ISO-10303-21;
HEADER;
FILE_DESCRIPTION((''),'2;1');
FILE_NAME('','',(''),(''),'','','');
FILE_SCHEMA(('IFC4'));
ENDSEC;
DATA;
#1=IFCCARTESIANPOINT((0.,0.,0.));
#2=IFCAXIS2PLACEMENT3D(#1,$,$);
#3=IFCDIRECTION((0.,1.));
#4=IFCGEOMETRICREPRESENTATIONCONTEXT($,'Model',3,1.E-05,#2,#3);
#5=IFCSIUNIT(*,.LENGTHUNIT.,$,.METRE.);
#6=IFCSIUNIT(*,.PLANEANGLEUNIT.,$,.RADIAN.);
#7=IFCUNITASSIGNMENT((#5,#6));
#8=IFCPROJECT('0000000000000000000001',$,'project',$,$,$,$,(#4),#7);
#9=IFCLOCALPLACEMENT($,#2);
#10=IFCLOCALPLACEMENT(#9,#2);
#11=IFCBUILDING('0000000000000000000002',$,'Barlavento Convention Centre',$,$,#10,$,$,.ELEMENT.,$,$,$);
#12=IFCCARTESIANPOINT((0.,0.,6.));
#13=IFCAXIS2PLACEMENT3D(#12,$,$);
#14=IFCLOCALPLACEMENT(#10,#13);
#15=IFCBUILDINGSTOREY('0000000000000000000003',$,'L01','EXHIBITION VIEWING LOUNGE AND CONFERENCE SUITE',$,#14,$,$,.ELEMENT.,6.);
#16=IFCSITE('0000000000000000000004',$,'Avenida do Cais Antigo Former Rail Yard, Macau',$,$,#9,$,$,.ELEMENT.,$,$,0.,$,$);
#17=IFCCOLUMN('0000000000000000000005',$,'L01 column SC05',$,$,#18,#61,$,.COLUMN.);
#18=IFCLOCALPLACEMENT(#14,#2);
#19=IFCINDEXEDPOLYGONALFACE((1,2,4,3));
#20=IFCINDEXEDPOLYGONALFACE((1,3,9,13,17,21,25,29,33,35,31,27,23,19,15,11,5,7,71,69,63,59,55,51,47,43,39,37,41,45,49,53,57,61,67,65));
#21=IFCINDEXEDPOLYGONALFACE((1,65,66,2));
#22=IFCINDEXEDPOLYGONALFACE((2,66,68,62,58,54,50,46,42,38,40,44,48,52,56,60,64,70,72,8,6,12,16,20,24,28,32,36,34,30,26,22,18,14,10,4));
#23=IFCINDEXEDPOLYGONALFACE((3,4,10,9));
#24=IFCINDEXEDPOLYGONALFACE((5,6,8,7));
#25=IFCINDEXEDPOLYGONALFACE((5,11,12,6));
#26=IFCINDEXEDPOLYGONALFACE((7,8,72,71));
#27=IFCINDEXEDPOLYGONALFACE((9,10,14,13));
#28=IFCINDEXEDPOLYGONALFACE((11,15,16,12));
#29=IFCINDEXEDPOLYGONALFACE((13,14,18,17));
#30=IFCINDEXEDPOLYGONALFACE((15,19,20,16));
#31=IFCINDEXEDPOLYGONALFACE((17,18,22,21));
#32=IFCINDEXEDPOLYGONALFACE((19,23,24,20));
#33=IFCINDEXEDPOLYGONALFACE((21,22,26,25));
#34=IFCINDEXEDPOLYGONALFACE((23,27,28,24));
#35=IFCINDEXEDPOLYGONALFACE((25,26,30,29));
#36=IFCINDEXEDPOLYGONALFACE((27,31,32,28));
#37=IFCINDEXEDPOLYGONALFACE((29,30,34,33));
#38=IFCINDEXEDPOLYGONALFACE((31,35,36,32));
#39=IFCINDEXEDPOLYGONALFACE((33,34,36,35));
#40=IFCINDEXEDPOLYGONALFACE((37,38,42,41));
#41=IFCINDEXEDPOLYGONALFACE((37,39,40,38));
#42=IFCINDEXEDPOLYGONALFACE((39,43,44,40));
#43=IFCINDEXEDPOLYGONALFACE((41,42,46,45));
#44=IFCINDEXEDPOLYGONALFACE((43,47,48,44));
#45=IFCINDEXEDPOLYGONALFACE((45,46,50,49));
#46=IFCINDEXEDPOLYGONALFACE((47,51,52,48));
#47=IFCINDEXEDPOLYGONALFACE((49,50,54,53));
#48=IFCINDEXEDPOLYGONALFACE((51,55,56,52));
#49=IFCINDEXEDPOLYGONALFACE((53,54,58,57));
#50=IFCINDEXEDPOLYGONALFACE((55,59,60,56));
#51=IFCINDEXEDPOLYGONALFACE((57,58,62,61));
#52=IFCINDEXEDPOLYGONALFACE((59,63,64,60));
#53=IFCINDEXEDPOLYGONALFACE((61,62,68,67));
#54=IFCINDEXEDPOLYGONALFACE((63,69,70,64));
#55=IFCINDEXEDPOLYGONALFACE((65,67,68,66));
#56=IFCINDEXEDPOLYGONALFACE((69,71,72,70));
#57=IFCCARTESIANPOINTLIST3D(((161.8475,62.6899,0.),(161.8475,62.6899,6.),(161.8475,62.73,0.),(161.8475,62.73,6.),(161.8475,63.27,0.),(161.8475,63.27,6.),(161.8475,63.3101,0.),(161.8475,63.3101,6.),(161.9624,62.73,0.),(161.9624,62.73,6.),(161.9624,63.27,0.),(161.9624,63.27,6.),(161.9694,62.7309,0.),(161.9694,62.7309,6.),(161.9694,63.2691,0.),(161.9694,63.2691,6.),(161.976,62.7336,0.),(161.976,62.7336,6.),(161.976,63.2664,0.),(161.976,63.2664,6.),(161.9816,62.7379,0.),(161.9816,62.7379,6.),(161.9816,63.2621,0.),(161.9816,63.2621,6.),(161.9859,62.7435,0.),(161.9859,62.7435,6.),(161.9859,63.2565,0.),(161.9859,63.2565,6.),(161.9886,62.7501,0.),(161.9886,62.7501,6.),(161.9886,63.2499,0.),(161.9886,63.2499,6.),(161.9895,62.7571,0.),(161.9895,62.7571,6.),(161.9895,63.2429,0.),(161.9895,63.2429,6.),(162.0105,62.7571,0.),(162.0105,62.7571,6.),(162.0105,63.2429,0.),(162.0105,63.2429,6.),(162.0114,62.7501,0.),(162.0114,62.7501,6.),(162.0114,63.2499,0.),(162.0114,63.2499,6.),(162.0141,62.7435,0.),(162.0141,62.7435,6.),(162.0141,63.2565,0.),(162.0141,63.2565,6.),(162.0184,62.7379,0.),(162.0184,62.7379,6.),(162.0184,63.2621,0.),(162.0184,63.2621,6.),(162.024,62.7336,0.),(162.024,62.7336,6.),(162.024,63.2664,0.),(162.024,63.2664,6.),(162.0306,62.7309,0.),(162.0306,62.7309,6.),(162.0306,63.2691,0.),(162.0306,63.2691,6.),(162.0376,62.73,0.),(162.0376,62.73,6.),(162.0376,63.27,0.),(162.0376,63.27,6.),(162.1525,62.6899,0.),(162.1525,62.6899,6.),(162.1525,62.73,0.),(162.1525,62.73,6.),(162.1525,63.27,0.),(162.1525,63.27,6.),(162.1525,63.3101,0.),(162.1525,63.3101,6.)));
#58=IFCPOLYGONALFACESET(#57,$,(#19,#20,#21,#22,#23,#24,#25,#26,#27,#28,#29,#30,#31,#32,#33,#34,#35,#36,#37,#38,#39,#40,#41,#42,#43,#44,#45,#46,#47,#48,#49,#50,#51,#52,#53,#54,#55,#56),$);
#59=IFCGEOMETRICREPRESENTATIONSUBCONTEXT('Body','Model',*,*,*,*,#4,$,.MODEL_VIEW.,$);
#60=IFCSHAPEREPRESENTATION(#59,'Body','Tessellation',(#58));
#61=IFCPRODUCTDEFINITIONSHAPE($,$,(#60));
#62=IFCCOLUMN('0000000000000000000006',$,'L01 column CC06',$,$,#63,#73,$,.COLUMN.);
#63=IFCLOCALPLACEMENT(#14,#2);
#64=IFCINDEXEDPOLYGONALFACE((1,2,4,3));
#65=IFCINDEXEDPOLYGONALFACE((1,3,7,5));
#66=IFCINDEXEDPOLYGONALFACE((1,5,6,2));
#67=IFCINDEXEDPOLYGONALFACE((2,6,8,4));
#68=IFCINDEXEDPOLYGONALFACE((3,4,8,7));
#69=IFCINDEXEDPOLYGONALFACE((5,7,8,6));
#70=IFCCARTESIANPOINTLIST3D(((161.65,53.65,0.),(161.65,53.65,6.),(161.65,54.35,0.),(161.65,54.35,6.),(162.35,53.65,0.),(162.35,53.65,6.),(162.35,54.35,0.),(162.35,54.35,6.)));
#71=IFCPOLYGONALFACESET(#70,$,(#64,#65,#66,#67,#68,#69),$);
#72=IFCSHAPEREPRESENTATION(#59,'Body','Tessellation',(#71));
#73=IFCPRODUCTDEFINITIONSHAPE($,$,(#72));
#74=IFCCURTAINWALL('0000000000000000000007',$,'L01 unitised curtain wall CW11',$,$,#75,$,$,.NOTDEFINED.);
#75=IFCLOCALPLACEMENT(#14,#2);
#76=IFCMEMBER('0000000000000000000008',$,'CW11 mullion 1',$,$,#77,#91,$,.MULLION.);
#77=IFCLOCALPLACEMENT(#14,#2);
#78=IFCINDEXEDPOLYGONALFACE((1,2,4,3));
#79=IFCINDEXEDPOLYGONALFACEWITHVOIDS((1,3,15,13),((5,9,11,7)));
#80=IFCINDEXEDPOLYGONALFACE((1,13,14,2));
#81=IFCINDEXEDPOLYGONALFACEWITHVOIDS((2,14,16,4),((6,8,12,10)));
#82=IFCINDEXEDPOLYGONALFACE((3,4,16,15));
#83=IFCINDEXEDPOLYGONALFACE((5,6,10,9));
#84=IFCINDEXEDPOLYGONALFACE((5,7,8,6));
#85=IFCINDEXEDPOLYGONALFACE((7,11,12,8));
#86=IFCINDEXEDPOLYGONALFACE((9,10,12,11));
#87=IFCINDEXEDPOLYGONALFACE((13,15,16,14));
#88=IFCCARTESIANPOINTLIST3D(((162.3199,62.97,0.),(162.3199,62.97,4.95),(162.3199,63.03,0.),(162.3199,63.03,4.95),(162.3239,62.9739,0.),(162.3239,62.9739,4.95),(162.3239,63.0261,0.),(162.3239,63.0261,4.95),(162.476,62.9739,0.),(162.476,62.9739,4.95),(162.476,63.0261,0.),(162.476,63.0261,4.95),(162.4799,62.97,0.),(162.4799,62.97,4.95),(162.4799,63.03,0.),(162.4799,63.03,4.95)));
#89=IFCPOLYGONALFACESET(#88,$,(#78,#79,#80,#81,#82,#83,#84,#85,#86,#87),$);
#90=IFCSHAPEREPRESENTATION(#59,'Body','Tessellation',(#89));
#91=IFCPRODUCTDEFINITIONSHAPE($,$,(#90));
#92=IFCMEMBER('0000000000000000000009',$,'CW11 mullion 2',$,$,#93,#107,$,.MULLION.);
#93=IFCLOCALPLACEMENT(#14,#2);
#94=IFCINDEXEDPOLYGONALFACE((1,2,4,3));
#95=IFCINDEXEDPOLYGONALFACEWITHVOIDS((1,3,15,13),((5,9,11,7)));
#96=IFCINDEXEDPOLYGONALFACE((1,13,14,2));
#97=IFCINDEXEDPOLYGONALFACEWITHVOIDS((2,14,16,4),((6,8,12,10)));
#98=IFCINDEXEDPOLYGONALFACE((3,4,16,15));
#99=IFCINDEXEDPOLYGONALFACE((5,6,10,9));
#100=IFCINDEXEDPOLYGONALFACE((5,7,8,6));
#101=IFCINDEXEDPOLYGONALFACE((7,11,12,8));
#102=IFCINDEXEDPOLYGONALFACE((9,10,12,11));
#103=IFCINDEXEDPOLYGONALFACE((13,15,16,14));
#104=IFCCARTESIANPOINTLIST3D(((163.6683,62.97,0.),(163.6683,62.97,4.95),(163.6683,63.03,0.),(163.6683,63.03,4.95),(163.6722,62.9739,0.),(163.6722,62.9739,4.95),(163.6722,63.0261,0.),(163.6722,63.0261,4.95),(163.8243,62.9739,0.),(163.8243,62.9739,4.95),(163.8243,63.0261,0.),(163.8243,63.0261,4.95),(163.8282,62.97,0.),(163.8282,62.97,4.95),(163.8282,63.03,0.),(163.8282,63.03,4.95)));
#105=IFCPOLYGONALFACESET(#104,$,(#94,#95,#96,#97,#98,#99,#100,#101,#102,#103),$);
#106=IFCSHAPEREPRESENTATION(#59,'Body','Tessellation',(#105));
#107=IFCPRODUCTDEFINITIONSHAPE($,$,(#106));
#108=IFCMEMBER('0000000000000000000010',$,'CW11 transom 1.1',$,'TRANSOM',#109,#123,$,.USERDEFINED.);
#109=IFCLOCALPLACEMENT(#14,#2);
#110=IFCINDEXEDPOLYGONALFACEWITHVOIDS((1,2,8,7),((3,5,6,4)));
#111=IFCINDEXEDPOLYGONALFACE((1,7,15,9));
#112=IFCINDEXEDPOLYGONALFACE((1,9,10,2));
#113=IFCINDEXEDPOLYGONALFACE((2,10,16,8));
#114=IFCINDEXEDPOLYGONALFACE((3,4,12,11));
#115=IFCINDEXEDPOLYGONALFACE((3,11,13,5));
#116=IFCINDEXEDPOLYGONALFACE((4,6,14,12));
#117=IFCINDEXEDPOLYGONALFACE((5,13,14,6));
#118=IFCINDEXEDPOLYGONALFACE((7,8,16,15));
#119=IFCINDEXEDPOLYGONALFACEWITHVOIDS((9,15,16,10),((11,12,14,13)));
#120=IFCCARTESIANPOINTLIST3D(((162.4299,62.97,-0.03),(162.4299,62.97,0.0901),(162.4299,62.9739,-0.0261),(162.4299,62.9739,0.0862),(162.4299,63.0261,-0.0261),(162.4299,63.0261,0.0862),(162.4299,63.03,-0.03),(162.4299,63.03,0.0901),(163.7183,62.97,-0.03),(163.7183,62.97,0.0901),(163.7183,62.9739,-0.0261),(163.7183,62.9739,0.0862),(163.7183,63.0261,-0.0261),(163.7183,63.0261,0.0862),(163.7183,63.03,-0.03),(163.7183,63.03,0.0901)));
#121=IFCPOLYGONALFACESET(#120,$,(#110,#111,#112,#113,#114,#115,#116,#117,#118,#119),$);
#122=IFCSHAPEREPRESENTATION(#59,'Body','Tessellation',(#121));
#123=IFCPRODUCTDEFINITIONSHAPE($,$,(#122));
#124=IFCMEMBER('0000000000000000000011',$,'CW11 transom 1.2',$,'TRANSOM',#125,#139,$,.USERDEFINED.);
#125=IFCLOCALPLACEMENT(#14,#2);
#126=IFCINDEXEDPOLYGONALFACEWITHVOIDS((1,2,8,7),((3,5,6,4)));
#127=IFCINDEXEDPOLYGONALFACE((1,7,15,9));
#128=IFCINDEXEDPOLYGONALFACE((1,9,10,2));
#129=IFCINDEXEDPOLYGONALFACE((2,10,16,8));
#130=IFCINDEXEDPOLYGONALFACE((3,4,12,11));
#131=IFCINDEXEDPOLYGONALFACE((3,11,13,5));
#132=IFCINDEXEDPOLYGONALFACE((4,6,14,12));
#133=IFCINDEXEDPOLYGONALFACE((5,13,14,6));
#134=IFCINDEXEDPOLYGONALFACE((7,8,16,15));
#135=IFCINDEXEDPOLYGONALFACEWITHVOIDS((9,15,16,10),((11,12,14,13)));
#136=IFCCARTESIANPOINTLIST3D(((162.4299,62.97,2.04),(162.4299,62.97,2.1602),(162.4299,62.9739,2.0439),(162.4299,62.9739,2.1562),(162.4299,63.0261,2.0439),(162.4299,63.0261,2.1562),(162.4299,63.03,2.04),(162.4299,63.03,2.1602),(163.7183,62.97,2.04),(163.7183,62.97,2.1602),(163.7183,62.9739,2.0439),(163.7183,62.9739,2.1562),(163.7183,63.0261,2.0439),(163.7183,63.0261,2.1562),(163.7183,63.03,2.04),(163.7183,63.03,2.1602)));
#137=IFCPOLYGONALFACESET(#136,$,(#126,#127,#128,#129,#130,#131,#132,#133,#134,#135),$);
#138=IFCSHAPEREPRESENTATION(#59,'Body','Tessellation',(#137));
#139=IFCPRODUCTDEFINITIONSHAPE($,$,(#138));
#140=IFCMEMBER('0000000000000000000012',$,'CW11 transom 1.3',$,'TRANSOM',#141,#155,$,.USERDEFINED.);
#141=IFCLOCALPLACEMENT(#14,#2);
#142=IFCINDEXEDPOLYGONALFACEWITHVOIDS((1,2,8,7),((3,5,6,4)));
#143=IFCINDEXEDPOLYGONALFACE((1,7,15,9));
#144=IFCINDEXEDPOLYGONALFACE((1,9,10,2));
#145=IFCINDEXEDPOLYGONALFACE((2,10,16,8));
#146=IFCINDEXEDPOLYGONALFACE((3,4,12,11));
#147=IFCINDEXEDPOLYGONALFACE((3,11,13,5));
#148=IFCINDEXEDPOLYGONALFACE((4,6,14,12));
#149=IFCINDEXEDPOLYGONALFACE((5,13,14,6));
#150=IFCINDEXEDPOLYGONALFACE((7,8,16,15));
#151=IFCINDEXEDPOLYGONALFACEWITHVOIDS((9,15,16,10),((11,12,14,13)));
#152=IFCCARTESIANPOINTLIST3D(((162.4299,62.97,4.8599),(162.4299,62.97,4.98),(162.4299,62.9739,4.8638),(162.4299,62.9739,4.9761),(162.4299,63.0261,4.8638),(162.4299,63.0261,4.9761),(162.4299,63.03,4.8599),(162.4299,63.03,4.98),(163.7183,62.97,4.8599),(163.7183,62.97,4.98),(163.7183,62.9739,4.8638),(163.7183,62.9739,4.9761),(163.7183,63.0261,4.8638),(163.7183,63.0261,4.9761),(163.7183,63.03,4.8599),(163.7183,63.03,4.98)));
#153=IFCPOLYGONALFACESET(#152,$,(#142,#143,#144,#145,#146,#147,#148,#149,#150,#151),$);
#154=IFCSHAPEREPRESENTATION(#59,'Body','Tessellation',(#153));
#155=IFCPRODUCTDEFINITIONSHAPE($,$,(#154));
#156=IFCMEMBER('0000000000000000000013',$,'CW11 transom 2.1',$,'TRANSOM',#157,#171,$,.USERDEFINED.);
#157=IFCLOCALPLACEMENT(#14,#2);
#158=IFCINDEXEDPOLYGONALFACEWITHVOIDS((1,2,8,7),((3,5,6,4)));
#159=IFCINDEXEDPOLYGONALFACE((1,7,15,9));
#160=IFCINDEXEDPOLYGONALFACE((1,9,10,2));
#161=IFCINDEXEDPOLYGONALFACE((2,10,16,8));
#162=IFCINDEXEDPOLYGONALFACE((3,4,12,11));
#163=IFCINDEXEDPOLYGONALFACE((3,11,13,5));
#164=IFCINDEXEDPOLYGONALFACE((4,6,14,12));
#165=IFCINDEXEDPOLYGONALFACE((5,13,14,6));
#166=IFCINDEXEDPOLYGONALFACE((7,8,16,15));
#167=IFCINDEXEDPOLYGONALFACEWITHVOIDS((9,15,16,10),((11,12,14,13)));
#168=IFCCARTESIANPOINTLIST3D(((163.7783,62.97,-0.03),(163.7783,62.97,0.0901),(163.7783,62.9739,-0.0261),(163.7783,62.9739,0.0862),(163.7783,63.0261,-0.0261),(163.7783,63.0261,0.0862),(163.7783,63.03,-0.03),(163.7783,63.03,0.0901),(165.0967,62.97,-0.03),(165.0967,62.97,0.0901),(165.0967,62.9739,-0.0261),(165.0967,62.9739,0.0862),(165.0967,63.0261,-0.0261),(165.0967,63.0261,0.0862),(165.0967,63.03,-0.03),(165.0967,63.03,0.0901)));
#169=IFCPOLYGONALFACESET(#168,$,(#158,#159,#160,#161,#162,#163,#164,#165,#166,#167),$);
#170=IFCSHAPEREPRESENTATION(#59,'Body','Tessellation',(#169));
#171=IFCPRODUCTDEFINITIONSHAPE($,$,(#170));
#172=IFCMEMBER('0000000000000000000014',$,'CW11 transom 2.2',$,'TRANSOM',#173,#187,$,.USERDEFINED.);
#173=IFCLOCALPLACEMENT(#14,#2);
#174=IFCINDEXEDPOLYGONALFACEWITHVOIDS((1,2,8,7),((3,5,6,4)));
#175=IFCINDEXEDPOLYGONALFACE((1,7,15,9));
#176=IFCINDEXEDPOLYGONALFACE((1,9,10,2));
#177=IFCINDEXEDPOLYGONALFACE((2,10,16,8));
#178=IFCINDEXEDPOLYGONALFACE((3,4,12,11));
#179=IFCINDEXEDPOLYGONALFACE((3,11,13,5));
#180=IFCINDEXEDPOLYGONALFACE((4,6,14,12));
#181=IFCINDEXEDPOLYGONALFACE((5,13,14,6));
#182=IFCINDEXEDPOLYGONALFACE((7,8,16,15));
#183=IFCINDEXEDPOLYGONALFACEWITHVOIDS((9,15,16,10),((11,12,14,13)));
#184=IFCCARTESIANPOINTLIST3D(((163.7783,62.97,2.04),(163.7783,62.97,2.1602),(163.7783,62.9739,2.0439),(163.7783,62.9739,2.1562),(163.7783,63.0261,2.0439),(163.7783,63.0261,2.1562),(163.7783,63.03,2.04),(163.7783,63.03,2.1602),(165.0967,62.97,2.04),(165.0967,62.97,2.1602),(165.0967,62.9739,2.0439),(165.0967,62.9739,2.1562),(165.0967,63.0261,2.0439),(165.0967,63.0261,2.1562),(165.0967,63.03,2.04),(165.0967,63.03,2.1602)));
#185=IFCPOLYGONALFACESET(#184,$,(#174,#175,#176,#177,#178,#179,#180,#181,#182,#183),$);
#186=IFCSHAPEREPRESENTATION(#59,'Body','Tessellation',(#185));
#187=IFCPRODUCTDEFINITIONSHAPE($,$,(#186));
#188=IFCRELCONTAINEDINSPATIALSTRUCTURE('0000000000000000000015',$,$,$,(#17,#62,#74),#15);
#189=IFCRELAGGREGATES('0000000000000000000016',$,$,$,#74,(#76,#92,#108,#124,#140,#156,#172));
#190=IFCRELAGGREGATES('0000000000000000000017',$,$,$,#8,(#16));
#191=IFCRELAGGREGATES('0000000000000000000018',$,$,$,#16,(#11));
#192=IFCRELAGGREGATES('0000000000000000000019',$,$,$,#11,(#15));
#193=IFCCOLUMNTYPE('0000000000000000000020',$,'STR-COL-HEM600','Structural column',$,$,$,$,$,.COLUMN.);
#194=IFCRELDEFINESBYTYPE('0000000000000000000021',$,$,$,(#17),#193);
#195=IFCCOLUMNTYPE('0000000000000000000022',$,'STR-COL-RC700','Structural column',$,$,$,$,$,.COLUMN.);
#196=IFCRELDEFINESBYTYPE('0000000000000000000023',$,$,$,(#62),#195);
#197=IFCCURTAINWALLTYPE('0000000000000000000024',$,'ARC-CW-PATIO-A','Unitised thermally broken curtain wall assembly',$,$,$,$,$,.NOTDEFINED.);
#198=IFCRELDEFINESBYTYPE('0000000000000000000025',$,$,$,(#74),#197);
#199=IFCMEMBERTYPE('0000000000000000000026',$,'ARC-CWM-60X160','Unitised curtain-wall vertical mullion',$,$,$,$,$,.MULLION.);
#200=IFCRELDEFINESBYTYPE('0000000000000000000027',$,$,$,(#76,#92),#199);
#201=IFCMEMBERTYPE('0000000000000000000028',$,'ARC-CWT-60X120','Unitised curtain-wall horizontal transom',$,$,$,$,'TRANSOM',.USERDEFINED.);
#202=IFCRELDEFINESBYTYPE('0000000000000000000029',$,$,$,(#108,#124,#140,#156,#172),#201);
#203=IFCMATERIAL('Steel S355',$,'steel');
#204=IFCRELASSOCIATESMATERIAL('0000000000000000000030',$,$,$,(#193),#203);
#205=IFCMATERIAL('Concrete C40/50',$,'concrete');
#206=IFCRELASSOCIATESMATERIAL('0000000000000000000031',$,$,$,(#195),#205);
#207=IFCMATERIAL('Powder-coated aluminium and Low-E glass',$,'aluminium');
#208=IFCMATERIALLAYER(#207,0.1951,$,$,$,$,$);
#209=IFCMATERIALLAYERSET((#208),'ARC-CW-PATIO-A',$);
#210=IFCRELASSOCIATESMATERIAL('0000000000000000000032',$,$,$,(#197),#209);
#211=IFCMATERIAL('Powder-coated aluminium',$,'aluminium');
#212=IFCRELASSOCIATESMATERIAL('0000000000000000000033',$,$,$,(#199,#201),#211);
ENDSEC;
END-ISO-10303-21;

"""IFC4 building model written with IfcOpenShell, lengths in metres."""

from ifc_helpers import new_model, si_unit, direction, frame, origin, origin_2d, place, context, subcontext, project, spatial, rectangle, hollow_rectangle, i_section, extrude, material, layer, layer_set, material_profile, profile_set, type_object, element, aggregate, save


model = new_model("IFC4")

# Units and contexts
model_context = context("Model", 3, precision=1e-05, world=origin(), true_north=direction((0.0, 1.0)))
body_context = subcontext(model_context, "Body", "Model", "MODEL_VIEW")
ifc_project = project(units=[si_unit("LENGTHUNIT", "METRE"), si_unit("PLANEANGLEUNIT", "RADIAN")], contexts=[model_context])

# Site, building, storey
site_placement = place(None, origin())
site = spatial("IfcSite", under=ifc_project, at=site_placement, Name="Avenida do Cais Antigo Former Rail Yard, Macau", CompositionType="ELEMENT", RefElevation=0.0)
building_placement = place(site_placement, origin())
building = spatial("IfcBuilding", under=site, at=building_placement, Name="Barlavento Convention Centre", CompositionType="ELEMENT")
storey_placement = place(building_placement, frame((0.0, 0.0, 6.0)))
storey = spatial("IfcBuildingStorey", under=building, at=storey_placement, Name="L01", Description="EXHIBITION VIEWING LOUNGE AND CONFERENCE SUITE", CompositionType="ELEMENT", Elevation=6.0)

# Columns
ifc_material_1 = material(Name="Steel S355", Category="steel")
ifc_material_profile_1 = material_profile(ifc_material_1, i_section(OverallWidth=0.3049, OverallDepth=0.6201, WebThickness=0.021, FlangeThickness=0.04, FilletRadius=0.0271, at=origin_2d()), Name="HEM 600")
ifc_profile_set_1 = profile_set([ifc_material_profile_1], Name="Steel S355")
column_type_1 = type_object("IfcColumnType", Name="STR-COL-HEM600", Description="Structural column", PredefinedType="COLUMN", material=ifc_profile_set_1)
column_1_placement = place(storey_placement, frame((162.0, 63.0, 0.0), z_axis=(0.0, 0.0, 1.0), x_axis=(1.0, 0.0, 0.0)))
element("IfcColumn", 1, at=column_1_placement, inside=storey, type_object=column_type_1, Name="L01 column SC05", PredefinedType="COLUMN", context=body_context, shape_type="SweptSolid", body=[
    extrude(i_section(OverallWidth=0.3049, OverallDepth=0.6201, WebThickness=0.021, FlangeThickness=0.04, FilletRadius=0.0271, at=origin_2d()), origin(), (0.0, 0.0, 1.0), 6.0),
])
ifc_material_2 = material(Name="Concrete C40/50", Category="concrete")
ifc_material_profile_2 = material_profile(ifc_material_2, rectangle(XDim=0.7, YDim=0.7, at=origin_2d()), Name="RC 700x700")
ifc_profile_set_2 = profile_set([ifc_material_profile_2], Name="Concrete C40/50")
column_type_2 = type_object("IfcColumnType", Name="STR-COL-RC700", Description="Structural column", PredefinedType="COLUMN", material=ifc_profile_set_2)
column_2_placement = place(storey_placement, frame((162.0, 54.0, 0.0), z_axis=(0.0, 0.0, 1.0), x_axis=(1.0, 0.0, 0.0)))
element("IfcColumn", 2, at=column_2_placement, inside=storey, type_object=column_type_2, Name="L01 column CC06", PredefinedType="COLUMN", context=body_context, shape_type="SweptSolid", body=[
    extrude(rectangle(XDim=0.7, YDim=0.7, at=origin_2d()), origin(), (0.0, 0.0, 1.0), 6.0),
])

# Curtain wall, members
ifc_material_3 = material(Name="Powder-coated aluminium and Low-E glass", Category="aluminium")
ifc_layer_1 = layer(ifc_material_3, 0.1951)
ifc_layer_set_1 = layer_set([ifc_layer_1], Name="ARC-CW-PATIO-A")
curtain_wall_type = type_object("IfcCurtainWallType", Name="ARC-CW-PATIO-A", Description="Unitised thermally broken curtain wall assembly", PredefinedType="NOTDEFINED", material=ifc_layer_set_1)
curtain_wall_placement = place(storey_placement, origin())
curtain_wall = element("IfcCurtainWall", 3, at=curtain_wall_placement, inside=storey, type_object=curtain_wall_type, Name="L01 unitised curtain wall CW11", PredefinedType="NOTDEFINED")
ifc_material_4 = material(Name="Powder-coated aluminium", Category="aluminium")
ifc_material_profile_3 = material_profile(ifc_material_4, hollow_rectangle(XDim=0.0601, YDim=0.1599, WallThickness=0.0039, at=origin_2d()), Name="AL-MULL 60x160x4")
ifc_profile_set_3 = profile_set([ifc_material_profile_3], Name="Powder-coated aluminium")
member_type_1 = type_object("IfcMemberType", Name="ARC-CWM-60X160", Description="Unitised curtain-wall vertical mullion", PredefinedType="MULLION", material=ifc_profile_set_3)
member_1_placement = place(storey_placement, frame((162.3999, 63.0, 0.0), z_axis=(0.0, 0.0, 1.0), x_axis=(0.0, 1.0, 0.0)))
member_1 = element("IfcMember", 4, at=member_1_placement, type_object=member_type_1, Name="CW11 mullion 1", PredefinedType="MULLION", context=body_context, shape_type="SweptSolid", body=[
    extrude(hollow_rectangle(XDim=0.0601, YDim=0.1599, WallThickness=0.0039, at=origin_2d()), origin(), (0.0, 0.0, 1.0), 4.95),
])
member_2_placement = place(storey_placement, frame((163.7483, 63.0, 0.0), z_axis=(0.0, 0.0, 1.0), x_axis=(0.0, 1.0, 0.0)))
member_2 = element("IfcMember", 5, at=member_2_placement, type_object=member_type_1, Name="CW11 mullion 2", PredefinedType="MULLION", context=body_context, shape_type="SweptSolid", body=[
    extrude(hollow_rectangle(XDim=0.0601, YDim=0.1599, WallThickness=0.0039, at=origin_2d()), origin(), (0.0, 0.0, 1.0), 4.95),
])
ifc_material_profile_4 = material_profile(ifc_material_4, hollow_rectangle(XDim=0.0601, YDim=0.1201, WallThickness=0.0039, at=origin_2d()), Name="AL-TRAN 60x120x4")
ifc_profile_set_4 = profile_set([ifc_material_profile_4], Name="Powder-coated aluminium")
member_type_2 = type_object("IfcMemberType", Name="ARC-CWT-60X120", Description="Unitised curtain-wall horizontal transom", ElementType="TRANSOM", PredefinedType="USERDEFINED", material=ifc_profile_set_4)
member_3_placement = place(storey_placement, frame((162.4299, 63.0, 0.03), z_axis=(1.0, 0.0, 0.0), x_axis=(0.0, 1.0, 0.0)))
member_3 = element("IfcMember", 6, at=member_3_placement, type_object=member_type_2, Name="CW11 transom 1.1", ObjectType="TRANSOM", PredefinedType="USERDEFINED", context=body_context, shape_type="SweptSolid", body=[
    extrude(hollow_rectangle(XDim=0.0601, YDim=0.1201, WallThickness=0.0039, at=origin_2d()), origin(), (0.0, 0.0, 1.0), 1.2883),
])
member_4_placement = place(storey_placement, frame((162.4299, 63.0, 2.1001), z_axis=(1.0, 0.0, 0.0), x_axis=(0.0, 1.0, 0.0)))
member_4 = element("IfcMember", 7, at=member_4_placement, type_object=member_type_2, Name="CW11 transom 1.2", ObjectType="TRANSOM", PredefinedType="USERDEFINED", context=body_context, shape_type="SweptSolid", body=[
    extrude(hollow_rectangle(XDim=0.0601, YDim=0.1201, WallThickness=0.0039, at=origin_2d()), origin(), (0.0, 0.0, 1.0), 1.2883),
])
member_5_placement = place(storey_placement, frame((162.4299, 63.0, 4.9199), z_axis=(1.0, 0.0, 0.0), x_axis=(0.0, 1.0, 0.0)))
member_5 = element("IfcMember", 8, at=member_5_placement, type_object=member_type_2, Name="CW11 transom 1.3", ObjectType="TRANSOM", PredefinedType="USERDEFINED", context=body_context, shape_type="SweptSolid", body=[
    extrude(hollow_rectangle(XDim=0.0601, YDim=0.1201, WallThickness=0.0039, at=origin_2d()), origin(), (0.0, 0.0, 1.0), 1.2883),
])
member_6_placement = place(storey_placement, frame((163.7783, 63.0, 0.03), z_axis=(1.0, 0.0, 0.0), x_axis=(0.0, 1.0, 0.0)))
member_6 = element("IfcMember", 9, at=member_6_placement, type_object=member_type_2, Name="CW11 transom 2.1", ObjectType="TRANSOM", PredefinedType="USERDEFINED", context=body_context, shape_type="SweptSolid", body=[
    extrude(hollow_rectangle(XDim=0.0601, YDim=0.1201, WallThickness=0.0039, at=origin_2d()), origin(), (0.0, 0.0, 1.0), 1.3184),
])
member_7_placement = place(storey_placement, frame((163.7783, 63.0, 2.1001), z_axis=(1.0, 0.0, 0.0), x_axis=(0.0, 1.0, 0.0)))
member_7 = element("IfcMember", 10, at=member_7_placement, type_object=member_type_2, Name="CW11 transom 2.2", ObjectType="TRANSOM", PredefinedType="USERDEFINED", context=body_context, shape_type="SweptSolid", body=[
    extrude(hollow_rectangle(XDim=0.0601, YDim=0.1201, WallThickness=0.0039, at=origin_2d()), origin(), (0.0, 0.0, 1.0), 1.3184),
])

aggregate(curtain_wall, [member_1, member_2, member_3, member_4, member_5, member_6, member_7])

save(model, "model.ifc")
